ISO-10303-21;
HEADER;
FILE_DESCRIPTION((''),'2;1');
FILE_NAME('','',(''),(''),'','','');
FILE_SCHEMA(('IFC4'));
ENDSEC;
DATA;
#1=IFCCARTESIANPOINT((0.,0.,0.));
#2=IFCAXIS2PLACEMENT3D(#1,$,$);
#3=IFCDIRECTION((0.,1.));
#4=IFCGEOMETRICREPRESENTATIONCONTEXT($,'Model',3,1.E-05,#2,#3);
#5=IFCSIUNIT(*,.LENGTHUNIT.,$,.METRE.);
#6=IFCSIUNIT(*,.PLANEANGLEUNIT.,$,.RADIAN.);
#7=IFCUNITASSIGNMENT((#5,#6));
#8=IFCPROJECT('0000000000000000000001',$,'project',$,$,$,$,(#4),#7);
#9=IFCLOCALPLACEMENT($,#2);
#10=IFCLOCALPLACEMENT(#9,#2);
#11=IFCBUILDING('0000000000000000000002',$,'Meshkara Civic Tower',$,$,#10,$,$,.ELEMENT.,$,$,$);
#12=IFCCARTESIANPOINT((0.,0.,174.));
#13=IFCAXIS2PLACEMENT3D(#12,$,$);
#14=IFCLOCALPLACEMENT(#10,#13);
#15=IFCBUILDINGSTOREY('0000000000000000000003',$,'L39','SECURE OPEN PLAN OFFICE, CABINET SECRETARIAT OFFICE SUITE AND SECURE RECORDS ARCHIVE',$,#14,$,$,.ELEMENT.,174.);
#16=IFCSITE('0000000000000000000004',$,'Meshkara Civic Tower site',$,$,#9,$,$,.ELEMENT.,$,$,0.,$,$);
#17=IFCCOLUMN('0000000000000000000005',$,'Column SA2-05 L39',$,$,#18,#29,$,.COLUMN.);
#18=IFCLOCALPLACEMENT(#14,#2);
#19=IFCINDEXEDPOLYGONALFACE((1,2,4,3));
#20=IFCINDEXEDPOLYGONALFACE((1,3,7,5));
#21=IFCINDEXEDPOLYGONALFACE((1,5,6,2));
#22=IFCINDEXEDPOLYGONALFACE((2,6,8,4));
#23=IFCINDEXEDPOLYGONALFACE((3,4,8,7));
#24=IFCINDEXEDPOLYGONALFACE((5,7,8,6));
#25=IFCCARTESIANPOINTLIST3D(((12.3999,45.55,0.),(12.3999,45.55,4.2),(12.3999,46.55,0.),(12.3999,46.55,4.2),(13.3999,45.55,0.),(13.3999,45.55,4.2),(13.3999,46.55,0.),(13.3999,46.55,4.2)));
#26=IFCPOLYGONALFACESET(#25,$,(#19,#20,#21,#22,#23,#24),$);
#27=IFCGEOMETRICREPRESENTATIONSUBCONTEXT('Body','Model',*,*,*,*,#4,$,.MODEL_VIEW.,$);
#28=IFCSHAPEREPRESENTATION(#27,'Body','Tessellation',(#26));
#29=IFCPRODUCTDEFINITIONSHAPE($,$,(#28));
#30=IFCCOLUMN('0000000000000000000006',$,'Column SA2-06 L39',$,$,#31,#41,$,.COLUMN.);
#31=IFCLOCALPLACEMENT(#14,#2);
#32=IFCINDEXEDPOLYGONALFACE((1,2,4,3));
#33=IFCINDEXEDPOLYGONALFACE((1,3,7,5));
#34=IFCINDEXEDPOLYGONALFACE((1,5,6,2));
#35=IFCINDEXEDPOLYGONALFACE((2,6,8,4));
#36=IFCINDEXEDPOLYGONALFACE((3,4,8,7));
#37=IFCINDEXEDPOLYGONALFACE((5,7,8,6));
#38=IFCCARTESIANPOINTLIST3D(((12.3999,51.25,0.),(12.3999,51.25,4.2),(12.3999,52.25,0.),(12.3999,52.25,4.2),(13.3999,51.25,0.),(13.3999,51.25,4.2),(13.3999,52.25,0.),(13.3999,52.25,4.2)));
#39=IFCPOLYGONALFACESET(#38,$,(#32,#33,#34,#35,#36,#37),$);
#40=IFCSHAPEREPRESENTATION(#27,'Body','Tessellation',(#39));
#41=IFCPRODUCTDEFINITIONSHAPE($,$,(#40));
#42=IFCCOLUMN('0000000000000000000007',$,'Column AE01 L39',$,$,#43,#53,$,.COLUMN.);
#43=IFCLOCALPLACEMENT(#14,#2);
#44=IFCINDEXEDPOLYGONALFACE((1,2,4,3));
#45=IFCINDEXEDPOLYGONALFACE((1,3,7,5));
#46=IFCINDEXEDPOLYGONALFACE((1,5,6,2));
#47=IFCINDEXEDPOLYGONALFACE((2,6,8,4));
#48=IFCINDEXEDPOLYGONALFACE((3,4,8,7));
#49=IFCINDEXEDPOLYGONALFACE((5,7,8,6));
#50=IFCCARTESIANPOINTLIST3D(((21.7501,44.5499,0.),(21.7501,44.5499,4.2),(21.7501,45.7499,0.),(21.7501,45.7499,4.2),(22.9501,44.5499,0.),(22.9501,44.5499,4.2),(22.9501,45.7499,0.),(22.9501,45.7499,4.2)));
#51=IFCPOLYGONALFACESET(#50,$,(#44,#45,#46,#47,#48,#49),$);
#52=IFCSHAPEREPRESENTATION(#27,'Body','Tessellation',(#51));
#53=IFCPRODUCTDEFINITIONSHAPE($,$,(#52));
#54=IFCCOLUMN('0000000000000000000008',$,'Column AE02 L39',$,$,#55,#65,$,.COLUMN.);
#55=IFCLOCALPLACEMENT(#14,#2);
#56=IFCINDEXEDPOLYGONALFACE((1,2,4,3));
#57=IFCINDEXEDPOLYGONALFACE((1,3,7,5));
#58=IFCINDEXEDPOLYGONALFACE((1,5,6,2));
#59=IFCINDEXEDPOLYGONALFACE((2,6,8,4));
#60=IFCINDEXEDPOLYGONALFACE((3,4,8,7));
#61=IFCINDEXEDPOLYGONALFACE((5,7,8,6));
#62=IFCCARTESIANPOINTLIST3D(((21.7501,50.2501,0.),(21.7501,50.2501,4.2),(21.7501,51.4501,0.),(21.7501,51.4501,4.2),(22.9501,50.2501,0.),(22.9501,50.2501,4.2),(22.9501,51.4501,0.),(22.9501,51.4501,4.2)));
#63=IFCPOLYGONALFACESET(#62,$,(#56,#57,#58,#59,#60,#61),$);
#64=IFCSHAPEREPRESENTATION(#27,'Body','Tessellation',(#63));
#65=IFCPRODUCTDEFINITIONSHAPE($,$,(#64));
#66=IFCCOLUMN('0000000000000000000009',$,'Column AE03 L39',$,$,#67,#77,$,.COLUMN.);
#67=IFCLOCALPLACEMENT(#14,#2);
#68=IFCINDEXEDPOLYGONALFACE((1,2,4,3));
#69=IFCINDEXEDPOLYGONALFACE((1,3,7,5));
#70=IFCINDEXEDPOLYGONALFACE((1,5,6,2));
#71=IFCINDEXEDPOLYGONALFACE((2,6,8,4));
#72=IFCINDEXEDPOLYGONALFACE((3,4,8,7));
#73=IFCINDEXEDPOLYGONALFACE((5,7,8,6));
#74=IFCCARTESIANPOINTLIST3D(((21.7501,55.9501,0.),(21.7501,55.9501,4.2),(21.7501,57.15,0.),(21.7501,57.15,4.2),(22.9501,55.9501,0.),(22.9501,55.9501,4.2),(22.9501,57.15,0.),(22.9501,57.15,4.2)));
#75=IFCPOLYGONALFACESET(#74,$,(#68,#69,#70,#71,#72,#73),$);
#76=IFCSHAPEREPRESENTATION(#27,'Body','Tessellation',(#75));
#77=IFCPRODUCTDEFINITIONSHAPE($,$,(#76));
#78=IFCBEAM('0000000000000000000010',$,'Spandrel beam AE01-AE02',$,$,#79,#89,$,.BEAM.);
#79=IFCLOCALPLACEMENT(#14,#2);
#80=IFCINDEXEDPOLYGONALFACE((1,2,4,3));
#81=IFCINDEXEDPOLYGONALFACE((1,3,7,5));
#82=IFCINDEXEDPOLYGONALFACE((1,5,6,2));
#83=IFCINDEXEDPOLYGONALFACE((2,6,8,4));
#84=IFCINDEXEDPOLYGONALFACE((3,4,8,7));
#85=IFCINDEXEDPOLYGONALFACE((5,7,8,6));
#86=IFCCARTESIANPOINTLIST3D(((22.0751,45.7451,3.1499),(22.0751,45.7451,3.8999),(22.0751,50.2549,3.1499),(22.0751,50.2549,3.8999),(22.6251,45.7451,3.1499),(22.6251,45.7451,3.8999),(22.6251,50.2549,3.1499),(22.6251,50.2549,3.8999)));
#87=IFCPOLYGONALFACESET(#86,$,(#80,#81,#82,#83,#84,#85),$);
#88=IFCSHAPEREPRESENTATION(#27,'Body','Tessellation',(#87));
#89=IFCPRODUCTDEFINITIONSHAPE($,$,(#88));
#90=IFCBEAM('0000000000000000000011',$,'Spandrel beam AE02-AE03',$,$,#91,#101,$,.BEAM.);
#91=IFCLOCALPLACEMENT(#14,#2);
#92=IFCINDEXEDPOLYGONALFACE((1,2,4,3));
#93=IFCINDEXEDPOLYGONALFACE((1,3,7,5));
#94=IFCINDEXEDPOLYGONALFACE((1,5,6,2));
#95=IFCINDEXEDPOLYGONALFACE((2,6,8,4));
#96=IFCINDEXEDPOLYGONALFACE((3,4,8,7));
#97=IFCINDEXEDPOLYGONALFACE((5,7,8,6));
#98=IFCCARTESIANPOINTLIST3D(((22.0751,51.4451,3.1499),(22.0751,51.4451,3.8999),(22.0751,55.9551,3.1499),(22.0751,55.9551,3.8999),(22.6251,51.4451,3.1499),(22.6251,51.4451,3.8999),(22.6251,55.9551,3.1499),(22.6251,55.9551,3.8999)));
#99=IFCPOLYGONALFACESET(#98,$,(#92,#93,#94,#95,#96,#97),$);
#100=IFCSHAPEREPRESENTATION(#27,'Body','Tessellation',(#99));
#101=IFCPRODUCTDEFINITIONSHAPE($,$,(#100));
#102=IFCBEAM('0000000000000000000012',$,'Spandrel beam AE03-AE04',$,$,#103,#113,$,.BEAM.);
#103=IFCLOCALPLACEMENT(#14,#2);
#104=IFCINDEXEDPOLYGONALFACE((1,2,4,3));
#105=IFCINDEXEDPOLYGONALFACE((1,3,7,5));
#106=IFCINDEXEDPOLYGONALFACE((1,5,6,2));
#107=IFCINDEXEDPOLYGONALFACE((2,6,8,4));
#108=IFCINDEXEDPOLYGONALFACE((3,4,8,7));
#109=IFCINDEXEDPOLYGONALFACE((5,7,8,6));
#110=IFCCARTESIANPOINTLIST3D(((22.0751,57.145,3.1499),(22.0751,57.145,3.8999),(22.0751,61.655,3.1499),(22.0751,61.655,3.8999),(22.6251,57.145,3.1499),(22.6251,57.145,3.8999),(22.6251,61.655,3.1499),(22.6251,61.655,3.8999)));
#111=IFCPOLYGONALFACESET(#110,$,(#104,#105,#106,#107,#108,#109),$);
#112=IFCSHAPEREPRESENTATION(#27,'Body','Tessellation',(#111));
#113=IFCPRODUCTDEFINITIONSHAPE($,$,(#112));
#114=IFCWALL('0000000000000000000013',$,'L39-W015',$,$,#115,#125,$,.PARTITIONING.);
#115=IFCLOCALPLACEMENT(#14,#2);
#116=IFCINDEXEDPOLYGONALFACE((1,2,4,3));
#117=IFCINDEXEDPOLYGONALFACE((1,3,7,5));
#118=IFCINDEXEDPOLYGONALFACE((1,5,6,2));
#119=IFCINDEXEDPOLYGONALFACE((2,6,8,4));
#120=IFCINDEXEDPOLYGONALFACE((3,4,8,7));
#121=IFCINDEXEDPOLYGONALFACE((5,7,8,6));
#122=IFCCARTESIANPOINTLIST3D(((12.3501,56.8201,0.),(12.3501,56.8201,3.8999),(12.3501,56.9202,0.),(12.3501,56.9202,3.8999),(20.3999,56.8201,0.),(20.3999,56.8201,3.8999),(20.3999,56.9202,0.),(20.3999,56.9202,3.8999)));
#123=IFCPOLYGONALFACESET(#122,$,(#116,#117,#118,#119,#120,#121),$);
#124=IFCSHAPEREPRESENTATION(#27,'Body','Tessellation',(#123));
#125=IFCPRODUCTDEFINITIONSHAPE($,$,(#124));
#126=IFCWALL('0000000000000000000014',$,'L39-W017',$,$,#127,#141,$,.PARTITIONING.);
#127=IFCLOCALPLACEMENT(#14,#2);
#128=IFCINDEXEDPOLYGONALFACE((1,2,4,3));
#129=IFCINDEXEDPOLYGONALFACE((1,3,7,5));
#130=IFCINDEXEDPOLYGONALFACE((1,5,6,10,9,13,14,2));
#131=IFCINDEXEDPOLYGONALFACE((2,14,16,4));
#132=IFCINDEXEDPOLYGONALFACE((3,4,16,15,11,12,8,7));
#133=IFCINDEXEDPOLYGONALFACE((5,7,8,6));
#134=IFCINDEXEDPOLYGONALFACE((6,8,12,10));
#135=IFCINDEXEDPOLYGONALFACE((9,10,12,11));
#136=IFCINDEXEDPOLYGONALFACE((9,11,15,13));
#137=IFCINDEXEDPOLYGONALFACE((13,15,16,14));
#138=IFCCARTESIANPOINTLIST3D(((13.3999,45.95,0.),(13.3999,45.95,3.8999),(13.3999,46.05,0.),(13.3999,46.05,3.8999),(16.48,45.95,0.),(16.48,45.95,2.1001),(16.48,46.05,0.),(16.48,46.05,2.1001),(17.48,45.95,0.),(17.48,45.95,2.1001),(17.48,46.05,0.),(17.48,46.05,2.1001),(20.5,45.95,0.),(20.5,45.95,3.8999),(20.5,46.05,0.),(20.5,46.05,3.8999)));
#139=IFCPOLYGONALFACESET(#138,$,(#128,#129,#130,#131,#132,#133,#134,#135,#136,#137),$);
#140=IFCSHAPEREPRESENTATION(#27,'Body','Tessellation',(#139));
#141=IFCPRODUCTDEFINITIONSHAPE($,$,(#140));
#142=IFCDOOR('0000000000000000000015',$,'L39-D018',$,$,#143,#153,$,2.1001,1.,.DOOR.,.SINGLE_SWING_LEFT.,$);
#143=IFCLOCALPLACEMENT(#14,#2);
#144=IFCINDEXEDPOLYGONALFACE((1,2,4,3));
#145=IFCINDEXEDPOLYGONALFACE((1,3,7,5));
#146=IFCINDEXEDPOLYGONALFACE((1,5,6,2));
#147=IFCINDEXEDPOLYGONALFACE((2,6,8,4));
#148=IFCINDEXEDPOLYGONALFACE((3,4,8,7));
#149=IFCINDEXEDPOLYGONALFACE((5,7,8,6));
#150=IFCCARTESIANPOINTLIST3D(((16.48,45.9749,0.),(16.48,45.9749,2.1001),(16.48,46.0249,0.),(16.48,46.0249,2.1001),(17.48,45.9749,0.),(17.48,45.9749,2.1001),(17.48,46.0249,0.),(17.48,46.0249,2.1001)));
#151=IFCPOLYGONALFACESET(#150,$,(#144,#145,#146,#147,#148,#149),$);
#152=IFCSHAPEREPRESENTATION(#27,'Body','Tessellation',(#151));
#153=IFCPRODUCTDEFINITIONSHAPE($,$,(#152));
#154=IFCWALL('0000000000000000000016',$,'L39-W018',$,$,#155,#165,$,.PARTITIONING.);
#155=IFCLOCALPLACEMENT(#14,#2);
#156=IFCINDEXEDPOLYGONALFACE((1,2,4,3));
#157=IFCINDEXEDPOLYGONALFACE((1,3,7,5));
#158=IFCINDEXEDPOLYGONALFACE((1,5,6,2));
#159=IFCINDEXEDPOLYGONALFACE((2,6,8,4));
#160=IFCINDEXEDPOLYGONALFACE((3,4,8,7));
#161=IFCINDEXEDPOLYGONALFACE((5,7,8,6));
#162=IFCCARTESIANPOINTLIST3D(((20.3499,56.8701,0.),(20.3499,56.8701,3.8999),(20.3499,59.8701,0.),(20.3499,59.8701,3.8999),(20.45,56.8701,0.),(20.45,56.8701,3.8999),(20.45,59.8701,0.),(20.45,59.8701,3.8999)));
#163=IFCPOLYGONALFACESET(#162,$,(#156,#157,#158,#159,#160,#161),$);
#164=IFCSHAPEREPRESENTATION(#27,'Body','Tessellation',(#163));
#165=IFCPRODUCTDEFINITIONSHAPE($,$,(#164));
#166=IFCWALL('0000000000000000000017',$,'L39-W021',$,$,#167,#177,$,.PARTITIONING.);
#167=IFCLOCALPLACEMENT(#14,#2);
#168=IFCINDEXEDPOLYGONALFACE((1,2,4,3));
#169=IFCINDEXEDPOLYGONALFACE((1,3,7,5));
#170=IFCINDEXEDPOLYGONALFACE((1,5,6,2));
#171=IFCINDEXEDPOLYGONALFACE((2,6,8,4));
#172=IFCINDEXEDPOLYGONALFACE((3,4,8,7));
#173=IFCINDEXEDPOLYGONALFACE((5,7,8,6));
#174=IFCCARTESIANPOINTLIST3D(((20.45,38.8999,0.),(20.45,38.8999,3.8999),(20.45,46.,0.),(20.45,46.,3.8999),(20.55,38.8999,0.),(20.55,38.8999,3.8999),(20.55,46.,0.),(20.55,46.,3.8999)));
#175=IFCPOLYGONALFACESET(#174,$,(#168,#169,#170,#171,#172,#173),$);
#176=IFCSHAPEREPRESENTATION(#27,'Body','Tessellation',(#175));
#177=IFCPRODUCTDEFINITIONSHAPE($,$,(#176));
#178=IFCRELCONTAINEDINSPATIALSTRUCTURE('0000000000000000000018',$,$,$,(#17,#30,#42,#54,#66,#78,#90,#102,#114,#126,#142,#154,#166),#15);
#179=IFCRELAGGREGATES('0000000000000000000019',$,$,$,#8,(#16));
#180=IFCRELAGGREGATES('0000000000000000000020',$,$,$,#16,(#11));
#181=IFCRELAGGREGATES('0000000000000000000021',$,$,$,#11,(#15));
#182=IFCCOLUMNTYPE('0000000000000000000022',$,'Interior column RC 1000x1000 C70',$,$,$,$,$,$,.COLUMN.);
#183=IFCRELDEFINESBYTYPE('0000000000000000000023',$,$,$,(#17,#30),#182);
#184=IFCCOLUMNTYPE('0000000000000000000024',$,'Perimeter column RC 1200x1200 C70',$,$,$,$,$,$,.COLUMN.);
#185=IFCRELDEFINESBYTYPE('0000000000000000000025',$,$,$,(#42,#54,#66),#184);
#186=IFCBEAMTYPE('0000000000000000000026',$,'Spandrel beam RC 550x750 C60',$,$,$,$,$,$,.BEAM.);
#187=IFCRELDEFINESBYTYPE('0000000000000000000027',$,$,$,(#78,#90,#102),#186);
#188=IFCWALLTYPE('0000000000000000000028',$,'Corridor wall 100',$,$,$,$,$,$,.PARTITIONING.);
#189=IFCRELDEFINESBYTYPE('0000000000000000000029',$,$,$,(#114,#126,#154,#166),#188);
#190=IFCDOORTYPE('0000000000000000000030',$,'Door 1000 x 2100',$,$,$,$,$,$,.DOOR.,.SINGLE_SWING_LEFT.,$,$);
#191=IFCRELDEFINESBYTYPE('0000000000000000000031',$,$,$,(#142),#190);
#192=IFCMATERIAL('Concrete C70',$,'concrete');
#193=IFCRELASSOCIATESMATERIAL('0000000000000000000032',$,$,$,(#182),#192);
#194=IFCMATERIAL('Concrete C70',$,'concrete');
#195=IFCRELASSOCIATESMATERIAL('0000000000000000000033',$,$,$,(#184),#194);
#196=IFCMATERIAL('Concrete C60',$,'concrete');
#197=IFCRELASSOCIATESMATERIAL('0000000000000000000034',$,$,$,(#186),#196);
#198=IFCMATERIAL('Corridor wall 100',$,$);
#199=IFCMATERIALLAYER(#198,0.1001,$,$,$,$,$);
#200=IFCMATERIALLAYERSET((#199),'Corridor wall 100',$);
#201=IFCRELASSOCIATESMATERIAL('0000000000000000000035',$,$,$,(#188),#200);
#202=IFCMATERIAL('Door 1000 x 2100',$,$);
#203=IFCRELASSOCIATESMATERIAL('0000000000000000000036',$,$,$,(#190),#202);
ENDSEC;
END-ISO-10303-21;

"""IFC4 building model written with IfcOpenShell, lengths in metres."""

from ifc_helpers import new_model, si_unit, direction, frame, frame_2d, origin, origin_2d, place, context, subcontext, project, spatial, rectangle, extrude, material, layer, layer_set, material_profile, profile_set, type_object, element, fill, save


model = new_model("IFC4")

# Units and contexts
model_context = context("Model", 3, precision=1e-05, world=origin(), true_north=direction((0.0, 1.0)))
body_context = subcontext(model_context, "Body", "Model", "MODEL_VIEW")
ifc_project = project(units=[si_unit("LENGTHUNIT", "METRE"), si_unit("PLANEANGLEUNIT", "RADIAN")], contexts=[model_context])

# Site, building, storey
site_placement = place(None, origin())
site = spatial("IfcSite", under=ifc_project, at=site_placement, Name="Meshkara Civic Tower site", CompositionType="ELEMENT", RefElevation=0.0)
building_placement = place(site_placement, origin())
building = spatial("IfcBuilding", under=site, at=building_placement, Name="Meshkara Civic Tower", CompositionType="ELEMENT")
storey_placement = place(building_placement, frame((0.0, 0.0, 174.0)))
storey = spatial("IfcBuildingStorey", under=building, at=storey_placement, Name="L39", Description="SECURE OPEN PLAN OFFICE, CABINET SECRETARIAT OFFICE SUITE AND SECURE RECORDS ARCHIVE", CompositionType="ELEMENT", Elevation=174.0)

# Columns
ifc_material_1 = material(Name="Concrete C70", Category="concrete")
ifc_material_profile_1 = material_profile(ifc_material_1, rectangle(XDim=1.0, YDim=1.0, at=origin_2d()))
ifc_profile_set_1 = profile_set([ifc_material_profile_1], Name="Concrete C70")
column_type_1 = type_object("IfcColumnType", Name="Interior column RC 1000x1000 C70", PredefinedType="COLUMN", material=ifc_profile_set_1)
for number, where, z_axis, x_axis, name in (
    (1, (12.8999, 46.05, 0.0), (0.0, 0.0, 1.0), (1.0, 0.0, 0.0), "Column SA2-05 L39"),
    (2, (12.8999, 51.75, 0.0), (0.0, 0.0, 1.0), (1.0, 0.0, 0.0), "Column SA2-06 L39"),
):
    element("IfcColumn", number, at=place(storey_placement, frame(where, z_axis=z_axis, x_axis=x_axis)), inside=storey, type_object=column_type_1, Name=name, PredefinedType="COLUMN", context=body_context, shape_type="SweptSolid", body=[
        extrude(rectangle(XDim=1.0, YDim=1.0, at=origin_2d()), origin(), (0.0, 0.0, 1.0), 4.2),
    ])
ifc_material_2 = material(Name="Concrete C70", Category="concrete")
ifc_material_profile_2 = material_profile(ifc_material_2, rectangle(XDim=1.2, YDim=1.2, at=origin_2d()))
ifc_profile_set_2 = profile_set([ifc_material_profile_2], Name="Concrete C70")
column_type_2 = type_object("IfcColumnType", Name="Perimeter column RC 1200x1200 C70", PredefinedType="COLUMN", material=ifc_profile_set_2)
for number, where, z_axis, x_axis, name in (
    (3, (22.3501, 45.1499, 0.0), (0.0, 0.0, 1.0), (1.0, 0.0, 0.0), "Column AE01 L39"),
    (4, (22.3501, 50.8501, 0.0), (0.0, 0.0, 1.0), (1.0, 0.0, 0.0), "Column AE02 L39"),
    (5, (22.3501, 56.55, 0.0), (0.0, 0.0, 1.0), (1.0, 0.0, 0.0), "Column AE03 L39"),
):
    element("IfcColumn", number, at=place(storey_placement, frame(where, z_axis=z_axis, x_axis=x_axis)), inside=storey, type_object=column_type_2, Name=name, PredefinedType="COLUMN", context=body_context, shape_type="SweptSolid", body=[
        extrude(rectangle(XDim=1.2, YDim=1.2, at=origin_2d()), origin(), (0.0, 0.0, 1.0), 4.2),
    ])

# Beams
ifc_material_3 = material(Name="Concrete C60", Category="concrete")
ifc_material_profile_3 = material_profile(ifc_material_3, rectangle(XDim=0.55, YDim=0.75, at=origin_2d()))
ifc_profile_set_3 = profile_set([ifc_material_profile_3], Name="Concrete C60")
beam_type = type_object("IfcBeamType", Name="Spandrel beam RC 550x750 C60", PredefinedType="BEAM", material=ifc_profile_set_3)
beam_placement = place(storey_placement, frame((22.3501, 45.7451, 3.5249), z_axis=(0.0, 1.0, 0.0), x_axis=(-1.0, 0.0, 0.0)))
element("IfcBeam", 6, at=beam_placement, inside=storey, type_object=beam_type, Name="Spandrel beam AE01-AE02", PredefinedType="BEAM", context=body_context, shape_type="SweptSolid", body=[
    extrude(rectangle(XDim=0.55, YDim=0.75, at=origin_2d()), origin(), (0.0, 0.0, 1.0), 4.5098),
])
for number, where, z_axis, x_axis, name in (
    (7, (22.3501, 51.4451, 3.5249), (0.0, 1.0, 0.0), (-1.0, 0.0, 0.0), "Spandrel beam AE02-AE03"),
    (8, (22.3501, 57.145, 3.5249), (0.0, 1.0, 0.0), (-1.0, 0.0, 0.0), "Spandrel beam AE03-AE04"),
):
    element("IfcBeam", number, at=place(storey_placement, frame(where, z_axis=z_axis, x_axis=x_axis)), inside=storey, type_object=beam_type, Name=name, PredefinedType="BEAM", context=body_context, shape_type="SweptSolid", body=[
        extrude(rectangle(XDim=0.55, YDim=0.75, at=origin_2d()), origin(), (0.0, 0.0, 1.0), 4.51),
    ])

# Wall
ifc_material_4 = material(Name="Corridor wall 100")
ifc_layer_1 = layer(ifc_material_4, 0.1001)
ifc_layer_set_1 = layer_set([ifc_layer_1], Name="Corridor wall 100")
wall_type_1 = type_object("IfcWallType", Name="Corridor wall 100", PredefinedType="PARTITIONING", material=ifc_layer_set_1)
wall_1_placement = place(storey_placement, frame((12.3501, 56.8701, 0.0), z_axis=(0.0, 0.0, 1.0), x_axis=(1.0, 0.0, 0.0)))
element("IfcWall", 9, at=wall_1_placement, inside=storey, type_object=wall_type_1, Name="L39-W015", PredefinedType="PARTITIONING", context=body_context, shape_type="SweptSolid", body=[
    extrude(rectangle(XDim=8.0498, YDim=0.1001, at=frame_2d((4.0249, 0.0))), origin(), (0.0, 0.0, 1.0), 3.8999),
])

# Wall, opening, door
wall_2_placement = place(storey_placement, frame((13.3999, 46.0, 0.0), z_axis=(0.0, 0.0, 1.0), x_axis=(1.0, 0.0, 0.0)))
wall_2 = element("IfcWall", 10, at=wall_2_placement, inside=storey, type_object=wall_type_1, Name="L39-W017", PredefinedType="PARTITIONING", context=body_context, shape_type="SweptSolid", body=[
    extrude(rectangle(XDim=7.1001, YDim=0.1001, at=frame_2d((3.55, 0.0))), origin(), (0.0, 0.0, 1.0), 3.8999),
])
opening_1_placement = place(wall_2_placement, frame((3.0801, 0.0, 0.0)))
opening_1 = element("IfcOpeningElement", 11, at=opening_1_placement, cuts=wall_2, PredefinedType="OPENING", context=body_context, shape_type="SweptSolid", body=[
    extrude(rectangle(XDim=1.0, YDim=2.1001, at=frame_2d((0.5, 1.05))), frame((0.0, 0.0601, 0.0), z_axis=(0.0, -1.0, 0.0), x_axis=(1.0, 0.0, 0.0)), (0.0, 0.0, 1.0), 0.1201),
])
ifc_material_5 = material(Name="Door 1000 x 2100")
door_type = type_object("IfcDoorType", Name="Door 1000 x 2100", OperationType="SINGLE_SWING_LEFT", PredefinedType="DOOR", material=ifc_material_5)
door_1_placement = place(opening_1_placement, origin())
door_1 = element("IfcDoor", 12, at=door_1_placement, inside=storey, type_object=door_type, Name="L39-D018", OperationType="SINGLE_SWING_LEFT", OverallHeight=2.1001, OverallWidth=1.0, PredefinedType="DOOR", context=body_context, shape_type="SweptSolid", body=[
    extrude(rectangle(XDim=1.0, YDim=2.1001, at=frame_2d((0.5, 1.05))), frame((0.0, 0.0249, 0.0), z_axis=(0.0, -1.0, 0.0), x_axis=(1.0, 0.0, 0.0)), (0.0, 0.0, 1.0), 0.05),
])
fill(opening_1, door_1)

# Walls
wall_3_placement = place(storey_placement, frame((20.3999, 56.8701, 0.0), z_axis=(0.0, 0.0, 1.0), x_axis=(0.0, 1.0, 0.0)))
element("IfcWall", 13, at=wall_3_placement, inside=storey, type_object=wall_type_1, Name="L39-W018", PredefinedType="PARTITIONING", context=body_context, shape_type="SweptSolid", body=[
    extrude(rectangle(XDim=3.0, YDim=0.1001, at=frame_2d((1.5, 0.0))), origin(), (0.0, 0.0, 1.0), 3.8999),
])
wall_4_placement = place(storey_placement, frame((20.5, 46.0, 0.0), z_axis=(0.0, 0.0, 1.0), x_axis=(0.0, -1.0, 0.0)))
element("IfcWall", 14, at=wall_4_placement, inside=storey, type_object=wall_type_1, Name="L39-W021", PredefinedType="PARTITIONING", context=body_context, shape_type="SweptSolid", body=[
    extrude(rectangle(XDim=7.1001, YDim=0.1001, at=frame_2d((3.55, 0.0))), origin(), (0.0, 0.0, 1.0), 3.8999),
])

save(model, "model.ifc")
